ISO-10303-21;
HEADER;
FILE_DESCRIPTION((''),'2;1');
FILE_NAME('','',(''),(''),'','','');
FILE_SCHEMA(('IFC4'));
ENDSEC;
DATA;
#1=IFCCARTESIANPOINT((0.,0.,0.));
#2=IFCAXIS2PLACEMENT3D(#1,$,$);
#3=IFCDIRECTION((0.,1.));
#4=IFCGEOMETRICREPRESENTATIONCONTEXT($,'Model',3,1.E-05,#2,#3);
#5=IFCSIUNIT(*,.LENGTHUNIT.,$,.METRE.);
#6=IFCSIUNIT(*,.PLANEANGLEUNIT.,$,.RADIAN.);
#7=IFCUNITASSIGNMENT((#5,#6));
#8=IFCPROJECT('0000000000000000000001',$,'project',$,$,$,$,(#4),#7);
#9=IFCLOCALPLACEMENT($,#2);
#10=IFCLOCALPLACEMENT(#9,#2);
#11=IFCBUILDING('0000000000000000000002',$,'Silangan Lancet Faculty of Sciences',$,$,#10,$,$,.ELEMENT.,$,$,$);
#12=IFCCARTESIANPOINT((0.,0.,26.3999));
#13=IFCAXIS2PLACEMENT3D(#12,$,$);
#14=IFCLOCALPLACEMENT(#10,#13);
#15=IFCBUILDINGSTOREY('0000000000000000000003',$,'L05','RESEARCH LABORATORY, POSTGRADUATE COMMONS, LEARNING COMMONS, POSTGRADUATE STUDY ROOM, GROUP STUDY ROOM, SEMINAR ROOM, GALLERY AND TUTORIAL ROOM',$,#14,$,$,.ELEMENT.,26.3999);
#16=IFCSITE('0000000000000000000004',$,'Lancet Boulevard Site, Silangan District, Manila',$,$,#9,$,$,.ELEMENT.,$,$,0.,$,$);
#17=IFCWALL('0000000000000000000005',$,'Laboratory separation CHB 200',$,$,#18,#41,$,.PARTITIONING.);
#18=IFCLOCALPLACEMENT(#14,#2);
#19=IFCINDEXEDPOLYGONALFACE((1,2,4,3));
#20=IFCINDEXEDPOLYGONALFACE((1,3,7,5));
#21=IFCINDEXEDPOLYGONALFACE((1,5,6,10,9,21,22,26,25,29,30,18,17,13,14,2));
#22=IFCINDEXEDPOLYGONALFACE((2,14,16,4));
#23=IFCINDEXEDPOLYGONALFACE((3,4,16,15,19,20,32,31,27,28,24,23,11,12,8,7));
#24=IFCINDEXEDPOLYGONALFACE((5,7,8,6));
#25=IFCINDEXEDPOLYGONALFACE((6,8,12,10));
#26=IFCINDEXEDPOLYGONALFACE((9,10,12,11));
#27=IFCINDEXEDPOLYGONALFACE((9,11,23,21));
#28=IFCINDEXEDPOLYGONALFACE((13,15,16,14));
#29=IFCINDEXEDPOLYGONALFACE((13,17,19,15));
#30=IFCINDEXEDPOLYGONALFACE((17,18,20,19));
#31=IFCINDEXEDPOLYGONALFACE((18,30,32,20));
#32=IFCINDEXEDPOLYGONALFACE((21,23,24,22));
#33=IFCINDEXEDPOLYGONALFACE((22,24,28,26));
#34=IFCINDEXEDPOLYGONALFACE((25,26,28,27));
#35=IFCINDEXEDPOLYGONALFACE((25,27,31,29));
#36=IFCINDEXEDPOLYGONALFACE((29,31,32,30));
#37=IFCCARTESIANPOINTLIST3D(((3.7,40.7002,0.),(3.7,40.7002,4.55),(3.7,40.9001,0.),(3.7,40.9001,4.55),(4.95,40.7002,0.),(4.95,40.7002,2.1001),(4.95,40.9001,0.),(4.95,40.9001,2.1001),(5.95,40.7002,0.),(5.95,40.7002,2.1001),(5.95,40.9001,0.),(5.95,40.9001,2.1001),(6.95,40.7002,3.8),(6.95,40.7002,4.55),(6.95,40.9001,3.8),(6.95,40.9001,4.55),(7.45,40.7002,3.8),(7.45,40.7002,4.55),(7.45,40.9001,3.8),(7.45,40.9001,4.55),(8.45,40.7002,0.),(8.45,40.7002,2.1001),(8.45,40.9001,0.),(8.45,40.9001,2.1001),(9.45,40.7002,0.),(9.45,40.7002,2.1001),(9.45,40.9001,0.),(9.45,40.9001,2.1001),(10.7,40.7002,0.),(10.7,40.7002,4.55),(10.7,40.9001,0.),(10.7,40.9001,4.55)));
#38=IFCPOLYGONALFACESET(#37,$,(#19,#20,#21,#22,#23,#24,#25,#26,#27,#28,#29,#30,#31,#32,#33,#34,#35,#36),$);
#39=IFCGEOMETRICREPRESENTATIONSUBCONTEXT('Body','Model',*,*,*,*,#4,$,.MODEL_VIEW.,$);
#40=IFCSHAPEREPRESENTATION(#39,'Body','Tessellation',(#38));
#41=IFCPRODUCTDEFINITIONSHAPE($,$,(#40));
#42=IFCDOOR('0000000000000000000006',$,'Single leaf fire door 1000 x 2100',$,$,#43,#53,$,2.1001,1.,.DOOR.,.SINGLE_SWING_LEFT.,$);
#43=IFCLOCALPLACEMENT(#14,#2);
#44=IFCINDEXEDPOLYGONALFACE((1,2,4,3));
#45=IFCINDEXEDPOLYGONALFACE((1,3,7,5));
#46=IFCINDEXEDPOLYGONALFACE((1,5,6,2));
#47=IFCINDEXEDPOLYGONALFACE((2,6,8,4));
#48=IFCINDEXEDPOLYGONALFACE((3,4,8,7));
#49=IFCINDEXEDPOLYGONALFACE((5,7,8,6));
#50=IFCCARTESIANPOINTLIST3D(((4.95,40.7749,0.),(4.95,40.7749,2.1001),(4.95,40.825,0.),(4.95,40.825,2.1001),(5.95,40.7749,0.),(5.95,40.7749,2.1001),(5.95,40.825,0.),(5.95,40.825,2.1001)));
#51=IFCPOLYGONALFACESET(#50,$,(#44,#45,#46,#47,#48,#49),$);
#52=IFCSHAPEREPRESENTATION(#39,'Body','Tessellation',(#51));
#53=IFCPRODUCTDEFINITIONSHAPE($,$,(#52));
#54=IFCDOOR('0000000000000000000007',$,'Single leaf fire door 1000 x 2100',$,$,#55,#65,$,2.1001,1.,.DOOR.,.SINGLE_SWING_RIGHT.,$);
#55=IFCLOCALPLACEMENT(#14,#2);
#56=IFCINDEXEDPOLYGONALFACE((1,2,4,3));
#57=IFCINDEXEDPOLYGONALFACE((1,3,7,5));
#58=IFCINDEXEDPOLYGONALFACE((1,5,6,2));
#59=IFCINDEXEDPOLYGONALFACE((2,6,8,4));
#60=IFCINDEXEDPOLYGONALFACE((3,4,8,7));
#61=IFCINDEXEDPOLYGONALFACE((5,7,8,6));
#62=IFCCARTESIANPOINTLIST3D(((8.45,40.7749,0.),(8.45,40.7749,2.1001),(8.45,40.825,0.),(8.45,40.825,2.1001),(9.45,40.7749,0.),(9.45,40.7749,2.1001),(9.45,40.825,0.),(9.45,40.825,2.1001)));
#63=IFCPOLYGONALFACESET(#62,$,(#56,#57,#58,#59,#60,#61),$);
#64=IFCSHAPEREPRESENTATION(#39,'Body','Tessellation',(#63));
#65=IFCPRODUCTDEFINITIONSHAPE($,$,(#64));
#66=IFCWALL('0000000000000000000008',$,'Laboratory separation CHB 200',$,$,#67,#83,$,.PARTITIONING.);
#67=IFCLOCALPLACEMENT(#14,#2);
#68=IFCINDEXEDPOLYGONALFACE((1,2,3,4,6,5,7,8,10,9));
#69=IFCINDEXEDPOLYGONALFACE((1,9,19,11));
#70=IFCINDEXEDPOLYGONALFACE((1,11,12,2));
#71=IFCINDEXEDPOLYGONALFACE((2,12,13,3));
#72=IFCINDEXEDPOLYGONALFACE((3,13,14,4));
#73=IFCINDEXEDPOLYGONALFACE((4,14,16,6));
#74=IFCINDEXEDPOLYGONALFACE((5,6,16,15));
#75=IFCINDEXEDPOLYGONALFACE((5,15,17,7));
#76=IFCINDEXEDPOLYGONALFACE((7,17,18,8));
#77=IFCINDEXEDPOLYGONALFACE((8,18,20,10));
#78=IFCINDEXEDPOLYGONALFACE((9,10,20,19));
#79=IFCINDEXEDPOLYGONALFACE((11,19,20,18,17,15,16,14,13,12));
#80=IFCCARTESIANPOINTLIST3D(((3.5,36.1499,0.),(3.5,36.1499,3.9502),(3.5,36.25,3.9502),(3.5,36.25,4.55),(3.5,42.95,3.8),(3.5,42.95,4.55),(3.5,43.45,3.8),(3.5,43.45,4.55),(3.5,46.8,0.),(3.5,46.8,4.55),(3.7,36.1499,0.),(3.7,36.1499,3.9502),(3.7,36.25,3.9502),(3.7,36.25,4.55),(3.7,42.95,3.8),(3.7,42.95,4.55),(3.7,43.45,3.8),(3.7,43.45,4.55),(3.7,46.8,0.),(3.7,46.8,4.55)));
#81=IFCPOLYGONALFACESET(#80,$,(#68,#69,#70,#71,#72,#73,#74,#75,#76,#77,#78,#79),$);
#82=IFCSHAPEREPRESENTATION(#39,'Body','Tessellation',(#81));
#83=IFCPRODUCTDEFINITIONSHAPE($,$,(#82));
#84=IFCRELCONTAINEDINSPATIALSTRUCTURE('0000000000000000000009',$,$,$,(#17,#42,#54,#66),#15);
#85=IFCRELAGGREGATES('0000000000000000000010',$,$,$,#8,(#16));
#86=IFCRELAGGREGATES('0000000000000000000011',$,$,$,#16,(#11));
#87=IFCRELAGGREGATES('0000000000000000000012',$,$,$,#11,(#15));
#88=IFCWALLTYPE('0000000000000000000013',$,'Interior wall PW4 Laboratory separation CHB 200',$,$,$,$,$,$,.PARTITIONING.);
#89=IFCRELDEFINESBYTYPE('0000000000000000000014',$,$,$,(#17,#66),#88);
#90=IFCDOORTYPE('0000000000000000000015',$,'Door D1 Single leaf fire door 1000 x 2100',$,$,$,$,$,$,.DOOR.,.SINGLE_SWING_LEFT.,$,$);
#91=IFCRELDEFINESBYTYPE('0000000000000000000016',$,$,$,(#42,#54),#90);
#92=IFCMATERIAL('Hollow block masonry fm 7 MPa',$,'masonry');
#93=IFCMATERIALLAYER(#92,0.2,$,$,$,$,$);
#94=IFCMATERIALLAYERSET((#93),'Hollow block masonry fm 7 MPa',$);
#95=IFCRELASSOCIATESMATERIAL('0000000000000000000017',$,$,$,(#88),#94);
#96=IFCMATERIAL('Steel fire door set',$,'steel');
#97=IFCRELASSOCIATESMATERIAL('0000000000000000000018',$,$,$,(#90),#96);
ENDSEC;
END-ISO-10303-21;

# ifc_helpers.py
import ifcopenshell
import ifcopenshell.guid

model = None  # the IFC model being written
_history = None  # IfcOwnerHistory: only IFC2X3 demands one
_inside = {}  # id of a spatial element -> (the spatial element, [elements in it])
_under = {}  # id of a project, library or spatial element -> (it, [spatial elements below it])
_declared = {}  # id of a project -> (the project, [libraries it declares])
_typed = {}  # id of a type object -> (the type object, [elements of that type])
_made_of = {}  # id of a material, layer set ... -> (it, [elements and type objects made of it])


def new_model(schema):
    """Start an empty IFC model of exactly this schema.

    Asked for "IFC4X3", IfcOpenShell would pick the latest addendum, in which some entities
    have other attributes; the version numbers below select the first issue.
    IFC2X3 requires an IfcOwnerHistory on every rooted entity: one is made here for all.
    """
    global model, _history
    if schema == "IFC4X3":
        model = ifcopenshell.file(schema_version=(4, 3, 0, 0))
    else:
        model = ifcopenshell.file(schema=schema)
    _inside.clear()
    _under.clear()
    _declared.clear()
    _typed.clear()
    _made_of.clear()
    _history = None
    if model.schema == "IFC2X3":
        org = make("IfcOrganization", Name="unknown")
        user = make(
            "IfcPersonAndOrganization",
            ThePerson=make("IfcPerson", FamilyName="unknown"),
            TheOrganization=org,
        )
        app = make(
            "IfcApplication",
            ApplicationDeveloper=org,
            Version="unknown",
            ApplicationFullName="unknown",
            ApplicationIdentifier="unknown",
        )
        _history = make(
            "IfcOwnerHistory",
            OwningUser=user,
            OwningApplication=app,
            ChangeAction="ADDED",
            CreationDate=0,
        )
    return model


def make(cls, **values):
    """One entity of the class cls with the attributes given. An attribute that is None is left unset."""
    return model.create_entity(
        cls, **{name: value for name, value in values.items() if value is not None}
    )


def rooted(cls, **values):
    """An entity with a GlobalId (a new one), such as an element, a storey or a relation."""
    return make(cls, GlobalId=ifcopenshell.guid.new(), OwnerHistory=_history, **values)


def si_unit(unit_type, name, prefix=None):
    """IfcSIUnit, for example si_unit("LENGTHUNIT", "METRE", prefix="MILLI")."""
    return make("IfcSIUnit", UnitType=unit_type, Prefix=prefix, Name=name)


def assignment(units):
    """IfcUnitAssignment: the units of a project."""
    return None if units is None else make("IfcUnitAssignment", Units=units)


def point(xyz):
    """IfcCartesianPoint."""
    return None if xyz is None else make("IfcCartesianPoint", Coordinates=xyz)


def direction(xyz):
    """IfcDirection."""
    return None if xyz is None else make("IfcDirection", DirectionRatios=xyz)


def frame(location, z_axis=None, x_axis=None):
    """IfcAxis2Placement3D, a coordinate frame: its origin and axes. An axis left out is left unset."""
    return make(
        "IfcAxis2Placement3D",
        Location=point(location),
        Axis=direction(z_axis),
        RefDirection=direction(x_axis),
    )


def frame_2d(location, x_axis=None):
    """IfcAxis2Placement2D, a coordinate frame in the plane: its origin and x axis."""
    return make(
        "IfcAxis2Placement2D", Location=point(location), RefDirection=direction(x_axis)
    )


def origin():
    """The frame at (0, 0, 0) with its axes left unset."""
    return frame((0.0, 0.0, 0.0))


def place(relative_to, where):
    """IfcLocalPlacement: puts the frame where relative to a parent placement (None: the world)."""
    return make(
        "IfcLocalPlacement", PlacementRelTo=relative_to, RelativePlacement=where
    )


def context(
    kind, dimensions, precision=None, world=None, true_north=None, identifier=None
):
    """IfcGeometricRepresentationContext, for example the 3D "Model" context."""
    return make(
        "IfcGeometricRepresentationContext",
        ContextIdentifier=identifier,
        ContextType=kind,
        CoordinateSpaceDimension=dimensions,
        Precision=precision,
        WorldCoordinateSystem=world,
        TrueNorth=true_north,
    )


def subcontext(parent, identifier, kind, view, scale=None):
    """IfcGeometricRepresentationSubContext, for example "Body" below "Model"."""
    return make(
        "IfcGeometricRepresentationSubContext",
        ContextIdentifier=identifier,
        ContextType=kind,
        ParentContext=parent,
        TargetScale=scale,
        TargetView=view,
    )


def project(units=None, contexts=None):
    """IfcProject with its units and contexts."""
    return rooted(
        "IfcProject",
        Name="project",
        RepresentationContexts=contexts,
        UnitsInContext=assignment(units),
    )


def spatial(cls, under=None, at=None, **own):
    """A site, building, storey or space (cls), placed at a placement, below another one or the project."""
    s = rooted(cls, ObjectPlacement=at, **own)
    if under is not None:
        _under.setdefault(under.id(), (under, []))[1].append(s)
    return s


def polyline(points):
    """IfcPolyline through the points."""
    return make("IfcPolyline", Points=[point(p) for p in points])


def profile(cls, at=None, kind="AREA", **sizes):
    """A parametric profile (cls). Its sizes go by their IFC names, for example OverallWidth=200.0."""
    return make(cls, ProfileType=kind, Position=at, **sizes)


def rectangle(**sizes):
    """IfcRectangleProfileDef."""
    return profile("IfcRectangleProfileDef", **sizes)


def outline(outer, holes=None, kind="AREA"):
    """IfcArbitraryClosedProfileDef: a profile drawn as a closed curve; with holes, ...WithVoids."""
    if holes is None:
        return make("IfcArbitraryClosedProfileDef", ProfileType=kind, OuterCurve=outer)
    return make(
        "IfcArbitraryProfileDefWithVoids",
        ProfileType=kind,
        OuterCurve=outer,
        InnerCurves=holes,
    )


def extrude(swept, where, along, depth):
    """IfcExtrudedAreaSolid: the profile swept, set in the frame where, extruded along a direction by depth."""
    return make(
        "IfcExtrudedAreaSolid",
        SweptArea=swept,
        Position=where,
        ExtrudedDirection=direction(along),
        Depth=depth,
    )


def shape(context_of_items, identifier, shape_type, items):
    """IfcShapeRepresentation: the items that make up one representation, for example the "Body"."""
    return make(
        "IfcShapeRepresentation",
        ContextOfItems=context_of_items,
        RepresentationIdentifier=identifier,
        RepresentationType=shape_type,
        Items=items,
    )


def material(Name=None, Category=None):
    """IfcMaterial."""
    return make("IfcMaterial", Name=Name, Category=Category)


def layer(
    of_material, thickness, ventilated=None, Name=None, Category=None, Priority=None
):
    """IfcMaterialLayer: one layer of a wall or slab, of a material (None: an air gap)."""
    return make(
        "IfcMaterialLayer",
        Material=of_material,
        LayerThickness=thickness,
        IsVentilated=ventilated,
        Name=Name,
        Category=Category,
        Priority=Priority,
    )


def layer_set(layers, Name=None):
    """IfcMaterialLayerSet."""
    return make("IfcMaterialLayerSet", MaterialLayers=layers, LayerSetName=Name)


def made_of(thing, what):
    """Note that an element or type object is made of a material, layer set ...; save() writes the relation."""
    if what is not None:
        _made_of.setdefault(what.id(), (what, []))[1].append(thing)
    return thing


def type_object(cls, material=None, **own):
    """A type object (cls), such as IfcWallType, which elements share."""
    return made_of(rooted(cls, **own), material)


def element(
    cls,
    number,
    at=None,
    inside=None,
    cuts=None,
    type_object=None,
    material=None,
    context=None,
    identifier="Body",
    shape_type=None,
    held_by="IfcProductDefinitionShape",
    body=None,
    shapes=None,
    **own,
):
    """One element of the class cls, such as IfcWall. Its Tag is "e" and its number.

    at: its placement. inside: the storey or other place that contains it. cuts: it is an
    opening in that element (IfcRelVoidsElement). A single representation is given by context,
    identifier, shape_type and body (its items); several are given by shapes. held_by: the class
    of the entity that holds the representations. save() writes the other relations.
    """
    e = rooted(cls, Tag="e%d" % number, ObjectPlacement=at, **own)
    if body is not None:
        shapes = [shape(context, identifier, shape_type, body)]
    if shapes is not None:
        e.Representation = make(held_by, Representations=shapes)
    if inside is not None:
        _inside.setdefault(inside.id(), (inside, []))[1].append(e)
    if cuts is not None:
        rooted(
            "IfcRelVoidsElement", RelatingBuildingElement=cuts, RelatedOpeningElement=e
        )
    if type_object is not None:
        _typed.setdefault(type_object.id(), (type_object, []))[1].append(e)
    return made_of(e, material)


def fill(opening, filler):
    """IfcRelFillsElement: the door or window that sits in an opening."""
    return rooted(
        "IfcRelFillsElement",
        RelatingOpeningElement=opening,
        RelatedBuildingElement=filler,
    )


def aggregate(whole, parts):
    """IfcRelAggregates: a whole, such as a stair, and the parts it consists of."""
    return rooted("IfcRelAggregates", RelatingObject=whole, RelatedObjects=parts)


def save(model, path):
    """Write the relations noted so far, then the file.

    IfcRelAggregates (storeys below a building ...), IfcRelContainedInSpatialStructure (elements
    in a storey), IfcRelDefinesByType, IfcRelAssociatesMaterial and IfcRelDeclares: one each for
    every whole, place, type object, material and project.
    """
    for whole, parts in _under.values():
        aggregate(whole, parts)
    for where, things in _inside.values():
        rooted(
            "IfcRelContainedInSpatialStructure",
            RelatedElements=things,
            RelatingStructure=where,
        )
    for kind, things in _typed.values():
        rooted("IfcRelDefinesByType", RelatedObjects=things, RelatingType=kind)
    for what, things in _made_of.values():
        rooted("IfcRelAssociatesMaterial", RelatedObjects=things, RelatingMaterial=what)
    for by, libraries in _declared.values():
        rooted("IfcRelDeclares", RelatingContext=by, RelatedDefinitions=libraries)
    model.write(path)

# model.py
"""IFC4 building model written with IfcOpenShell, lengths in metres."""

from ifc_helpers import new_model, si_unit, direction, frame, frame_2d, origin, place, context, subcontext, project, spatial, polyline, rectangle, outline, extrude, material, layer, layer_set, type_object, element, fill, save


model = new_model("IFC4")

# Units and contexts
model_context = context("Model", 3, precision=1e-05, world=origin(), true_north=direction((0.0, 1.0)))
body_context = subcontext(model_context, "Body", "Model", "MODEL_VIEW")
ifc_project = project(units=[si_unit("LENGTHUNIT", "METRE"), si_unit("PLANEANGLEUNIT", "RADIAN")], contexts=[model_context])

# Site, building, storey
site_placement = place(None, origin())
site = spatial("IfcSite", under=ifc_project, at=site_placement, Name="Lancet Boulevard Site, Silangan District, Manila", CompositionType="ELEMENT", RefElevation=0.0)
building_placement = place(site_placement, origin())
building = spatial("IfcBuilding", under=site, at=building_placement, Name="Silangan Lancet Faculty of Sciences", CompositionType="ELEMENT")
storey_placement = place(building_placement, frame((0.0, 0.0, 26.3999)))
storey = spatial("IfcBuildingStorey", under=building, at=storey_placement, Name="L05", Description="RESEARCH LABORATORY, POSTGRADUATE COMMONS, LEARNING COMMONS, POSTGRADUATE STUDY ROOM, GROUP STUDY ROOM, SEMINAR ROOM, GALLERY AND TUTORIAL ROOM", CompositionType="ELEMENT", Elevation=26.3999)

# Shared definitions
ifc_material_1 = material(Name="Hollow block masonry fm 7 MPa", Category="masonry")
ifc_layer_1 = layer(ifc_material_1, 0.2)
ifc_layer_set_1 = layer_set([ifc_layer_1], Name="Hollow block masonry fm 7 MPa")
wall_type_1 = type_object("IfcWallType", Name="Interior wall PW4 Laboratory separation CHB 200", PredefinedType="PARTITIONING", material=ifc_layer_set_1)
ifc_material_2 = material(Name="Steel fire door set", Category="steel")
door_type = type_object("IfcDoorType", Name="Door D1 Single leaf fire door 1000 x 2100", OperationType="SINGLE_SWING_LEFT", PredefinedType="DOOR", material=ifc_material_2)

# Wall, openings, doors
wall_1_placement = place(storey_placement, frame((3.7, 40.8, 0.0), z_axis=(0.0, 0.0, 1.0), x_axis=(1.0, 0.0, 0.0)))
wall_1 = element("IfcWall", 1, at=wall_1_placement, inside=storey, type_object=wall_type_1, Name="Laboratory separation CHB 200", PredefinedType="PARTITIONING", context=body_context, shape_type="SweptSolid", body=[
    extrude(outline(polyline([(0.0, 0.0), (7.0, 0.0), (7.0, 4.55), (3.75, 4.55), (3.75, 3.8), (3.25, 3.8), (3.25, 4.55), (0.0, 4.55), (0.0, 0.0)])), frame((0.0, 0.1001, 0.0), z_axis=(0.0, -1.0, 0.0), x_axis=(1.0, 0.0, 0.0)), (0.0, 0.0, 1.0), 0.2),
])
opening_1_placement = place(wall_1_placement, frame((1.25, 0.0, 0.0)))
opening_1 = element("IfcOpeningElement", 2, at=opening_1_placement, cuts=wall_1, PredefinedType="OPENING", context=body_context, shape_type="SweptSolid", body=[
    extrude(rectangle(XDim=1.0, YDim=2.1001, at=frame_2d((0.5, 1.05))), frame((0.0, 0.1099, 0.0), z_axis=(0.0, -1.0, 0.0), x_axis=(1.0, 0.0, 0.0)), (0.0, 0.0, 1.0), 0.22),
])
opening_2_placement = place(wall_1_placement, frame((4.75, 0.0, 0.0)))
opening_2 = element("IfcOpeningElement", 3, at=opening_2_placement, cuts=wall_1, PredefinedType="OPENING", context=body_context, shape_type="SweptSolid", body=[
    extrude(rectangle(XDim=1.0, YDim=2.1001, at=frame_2d((0.5, 1.05))), frame((0.0, 0.1099, 0.0), z_axis=(0.0, -1.0, 0.0), x_axis=(1.0, 0.0, 0.0)), (0.0, 0.0, 1.0), 0.22),
])
door_1_placement = place(opening_1_placement, frame((1.0, 0.0, 0.0), z_axis=(0.0, 0.0, 1.0), x_axis=(-1.0, 0.0, 0.0)))
door_1 = element("IfcDoor", 4, at=door_1_placement, inside=storey, type_object=door_type, Name="Single leaf fire door 1000 x 2100", OperationType="SINGLE_SWING_LEFT", OverallHeight=2.1001, OverallWidth=1.0, PredefinedType="DOOR", context=body_context, shape_type="SweptSolid", body=[
    extrude(rectangle(XDim=1.0, YDim=2.1001, at=frame_2d((0.5, 1.05))), frame((0.0, 0.0251, 0.0), z_axis=(0.0, -1.0, 0.0), x_axis=(1.0, 0.0, 0.0)), (0.0, 0.0, 1.0), 0.05),
])
fill(opening_1, door_1)
door_2_placement = place(opening_2_placement, frame((1.0, 0.0, 0.0), z_axis=(0.0, 0.0, 1.0), x_axis=(-1.0, 0.0, 0.0)))
door_2 = element("IfcDoor", 5, at=door_2_placement, inside=storey, type_object=door_type, Name="Single leaf fire door 1000 x 2100", OperationType="SINGLE_SWING_RIGHT", OverallHeight=2.1001, OverallWidth=1.0, PredefinedType="DOOR", context=body_context, shape_type="SweptSolid", body=[
    extrude(rectangle(XDim=1.0, YDim=2.1001, at=frame_2d((0.5, 1.05))), frame((0.0, 0.0251, 0.0), z_axis=(0.0, -1.0, 0.0), x_axis=(1.0, 0.0, 0.0)), (0.0, 0.0, 1.0), 0.05),
])
fill(opening_2, door_2)

# Wall
wall_2_placement = place(storey_placement, frame((3.6001, 36.1499, 0.0), z_axis=(0.0, 0.0, 1.0), x_axis=(0.0, 1.0, 0.0)))
element("IfcWall", 6, at=wall_2_placement, inside=storey, type_object=wall_type_1, Name="Laboratory separation CHB 200", PredefinedType="PARTITIONING", context=body_context, shape_type="SweptSolid", body=[
    extrude(outline(polyline([(0.0, 0.0), (10.6501, 0.0), (10.6501, 4.55), (7.3, 4.55), (7.3, 3.8), (6.8, 3.8), (6.8, 4.55), (0.1001, 4.55), (0.1001, 3.9502), (0.0, 3.9502), (0.0, 0.0)])), frame((0.0, 0.1001, 0.0), z_axis=(0.0, -1.0, 0.0), x_axis=(1.0, 0.0, 0.0)), (0.0, 0.0, 1.0), 0.2),
])

save(model, "model.ifc")
